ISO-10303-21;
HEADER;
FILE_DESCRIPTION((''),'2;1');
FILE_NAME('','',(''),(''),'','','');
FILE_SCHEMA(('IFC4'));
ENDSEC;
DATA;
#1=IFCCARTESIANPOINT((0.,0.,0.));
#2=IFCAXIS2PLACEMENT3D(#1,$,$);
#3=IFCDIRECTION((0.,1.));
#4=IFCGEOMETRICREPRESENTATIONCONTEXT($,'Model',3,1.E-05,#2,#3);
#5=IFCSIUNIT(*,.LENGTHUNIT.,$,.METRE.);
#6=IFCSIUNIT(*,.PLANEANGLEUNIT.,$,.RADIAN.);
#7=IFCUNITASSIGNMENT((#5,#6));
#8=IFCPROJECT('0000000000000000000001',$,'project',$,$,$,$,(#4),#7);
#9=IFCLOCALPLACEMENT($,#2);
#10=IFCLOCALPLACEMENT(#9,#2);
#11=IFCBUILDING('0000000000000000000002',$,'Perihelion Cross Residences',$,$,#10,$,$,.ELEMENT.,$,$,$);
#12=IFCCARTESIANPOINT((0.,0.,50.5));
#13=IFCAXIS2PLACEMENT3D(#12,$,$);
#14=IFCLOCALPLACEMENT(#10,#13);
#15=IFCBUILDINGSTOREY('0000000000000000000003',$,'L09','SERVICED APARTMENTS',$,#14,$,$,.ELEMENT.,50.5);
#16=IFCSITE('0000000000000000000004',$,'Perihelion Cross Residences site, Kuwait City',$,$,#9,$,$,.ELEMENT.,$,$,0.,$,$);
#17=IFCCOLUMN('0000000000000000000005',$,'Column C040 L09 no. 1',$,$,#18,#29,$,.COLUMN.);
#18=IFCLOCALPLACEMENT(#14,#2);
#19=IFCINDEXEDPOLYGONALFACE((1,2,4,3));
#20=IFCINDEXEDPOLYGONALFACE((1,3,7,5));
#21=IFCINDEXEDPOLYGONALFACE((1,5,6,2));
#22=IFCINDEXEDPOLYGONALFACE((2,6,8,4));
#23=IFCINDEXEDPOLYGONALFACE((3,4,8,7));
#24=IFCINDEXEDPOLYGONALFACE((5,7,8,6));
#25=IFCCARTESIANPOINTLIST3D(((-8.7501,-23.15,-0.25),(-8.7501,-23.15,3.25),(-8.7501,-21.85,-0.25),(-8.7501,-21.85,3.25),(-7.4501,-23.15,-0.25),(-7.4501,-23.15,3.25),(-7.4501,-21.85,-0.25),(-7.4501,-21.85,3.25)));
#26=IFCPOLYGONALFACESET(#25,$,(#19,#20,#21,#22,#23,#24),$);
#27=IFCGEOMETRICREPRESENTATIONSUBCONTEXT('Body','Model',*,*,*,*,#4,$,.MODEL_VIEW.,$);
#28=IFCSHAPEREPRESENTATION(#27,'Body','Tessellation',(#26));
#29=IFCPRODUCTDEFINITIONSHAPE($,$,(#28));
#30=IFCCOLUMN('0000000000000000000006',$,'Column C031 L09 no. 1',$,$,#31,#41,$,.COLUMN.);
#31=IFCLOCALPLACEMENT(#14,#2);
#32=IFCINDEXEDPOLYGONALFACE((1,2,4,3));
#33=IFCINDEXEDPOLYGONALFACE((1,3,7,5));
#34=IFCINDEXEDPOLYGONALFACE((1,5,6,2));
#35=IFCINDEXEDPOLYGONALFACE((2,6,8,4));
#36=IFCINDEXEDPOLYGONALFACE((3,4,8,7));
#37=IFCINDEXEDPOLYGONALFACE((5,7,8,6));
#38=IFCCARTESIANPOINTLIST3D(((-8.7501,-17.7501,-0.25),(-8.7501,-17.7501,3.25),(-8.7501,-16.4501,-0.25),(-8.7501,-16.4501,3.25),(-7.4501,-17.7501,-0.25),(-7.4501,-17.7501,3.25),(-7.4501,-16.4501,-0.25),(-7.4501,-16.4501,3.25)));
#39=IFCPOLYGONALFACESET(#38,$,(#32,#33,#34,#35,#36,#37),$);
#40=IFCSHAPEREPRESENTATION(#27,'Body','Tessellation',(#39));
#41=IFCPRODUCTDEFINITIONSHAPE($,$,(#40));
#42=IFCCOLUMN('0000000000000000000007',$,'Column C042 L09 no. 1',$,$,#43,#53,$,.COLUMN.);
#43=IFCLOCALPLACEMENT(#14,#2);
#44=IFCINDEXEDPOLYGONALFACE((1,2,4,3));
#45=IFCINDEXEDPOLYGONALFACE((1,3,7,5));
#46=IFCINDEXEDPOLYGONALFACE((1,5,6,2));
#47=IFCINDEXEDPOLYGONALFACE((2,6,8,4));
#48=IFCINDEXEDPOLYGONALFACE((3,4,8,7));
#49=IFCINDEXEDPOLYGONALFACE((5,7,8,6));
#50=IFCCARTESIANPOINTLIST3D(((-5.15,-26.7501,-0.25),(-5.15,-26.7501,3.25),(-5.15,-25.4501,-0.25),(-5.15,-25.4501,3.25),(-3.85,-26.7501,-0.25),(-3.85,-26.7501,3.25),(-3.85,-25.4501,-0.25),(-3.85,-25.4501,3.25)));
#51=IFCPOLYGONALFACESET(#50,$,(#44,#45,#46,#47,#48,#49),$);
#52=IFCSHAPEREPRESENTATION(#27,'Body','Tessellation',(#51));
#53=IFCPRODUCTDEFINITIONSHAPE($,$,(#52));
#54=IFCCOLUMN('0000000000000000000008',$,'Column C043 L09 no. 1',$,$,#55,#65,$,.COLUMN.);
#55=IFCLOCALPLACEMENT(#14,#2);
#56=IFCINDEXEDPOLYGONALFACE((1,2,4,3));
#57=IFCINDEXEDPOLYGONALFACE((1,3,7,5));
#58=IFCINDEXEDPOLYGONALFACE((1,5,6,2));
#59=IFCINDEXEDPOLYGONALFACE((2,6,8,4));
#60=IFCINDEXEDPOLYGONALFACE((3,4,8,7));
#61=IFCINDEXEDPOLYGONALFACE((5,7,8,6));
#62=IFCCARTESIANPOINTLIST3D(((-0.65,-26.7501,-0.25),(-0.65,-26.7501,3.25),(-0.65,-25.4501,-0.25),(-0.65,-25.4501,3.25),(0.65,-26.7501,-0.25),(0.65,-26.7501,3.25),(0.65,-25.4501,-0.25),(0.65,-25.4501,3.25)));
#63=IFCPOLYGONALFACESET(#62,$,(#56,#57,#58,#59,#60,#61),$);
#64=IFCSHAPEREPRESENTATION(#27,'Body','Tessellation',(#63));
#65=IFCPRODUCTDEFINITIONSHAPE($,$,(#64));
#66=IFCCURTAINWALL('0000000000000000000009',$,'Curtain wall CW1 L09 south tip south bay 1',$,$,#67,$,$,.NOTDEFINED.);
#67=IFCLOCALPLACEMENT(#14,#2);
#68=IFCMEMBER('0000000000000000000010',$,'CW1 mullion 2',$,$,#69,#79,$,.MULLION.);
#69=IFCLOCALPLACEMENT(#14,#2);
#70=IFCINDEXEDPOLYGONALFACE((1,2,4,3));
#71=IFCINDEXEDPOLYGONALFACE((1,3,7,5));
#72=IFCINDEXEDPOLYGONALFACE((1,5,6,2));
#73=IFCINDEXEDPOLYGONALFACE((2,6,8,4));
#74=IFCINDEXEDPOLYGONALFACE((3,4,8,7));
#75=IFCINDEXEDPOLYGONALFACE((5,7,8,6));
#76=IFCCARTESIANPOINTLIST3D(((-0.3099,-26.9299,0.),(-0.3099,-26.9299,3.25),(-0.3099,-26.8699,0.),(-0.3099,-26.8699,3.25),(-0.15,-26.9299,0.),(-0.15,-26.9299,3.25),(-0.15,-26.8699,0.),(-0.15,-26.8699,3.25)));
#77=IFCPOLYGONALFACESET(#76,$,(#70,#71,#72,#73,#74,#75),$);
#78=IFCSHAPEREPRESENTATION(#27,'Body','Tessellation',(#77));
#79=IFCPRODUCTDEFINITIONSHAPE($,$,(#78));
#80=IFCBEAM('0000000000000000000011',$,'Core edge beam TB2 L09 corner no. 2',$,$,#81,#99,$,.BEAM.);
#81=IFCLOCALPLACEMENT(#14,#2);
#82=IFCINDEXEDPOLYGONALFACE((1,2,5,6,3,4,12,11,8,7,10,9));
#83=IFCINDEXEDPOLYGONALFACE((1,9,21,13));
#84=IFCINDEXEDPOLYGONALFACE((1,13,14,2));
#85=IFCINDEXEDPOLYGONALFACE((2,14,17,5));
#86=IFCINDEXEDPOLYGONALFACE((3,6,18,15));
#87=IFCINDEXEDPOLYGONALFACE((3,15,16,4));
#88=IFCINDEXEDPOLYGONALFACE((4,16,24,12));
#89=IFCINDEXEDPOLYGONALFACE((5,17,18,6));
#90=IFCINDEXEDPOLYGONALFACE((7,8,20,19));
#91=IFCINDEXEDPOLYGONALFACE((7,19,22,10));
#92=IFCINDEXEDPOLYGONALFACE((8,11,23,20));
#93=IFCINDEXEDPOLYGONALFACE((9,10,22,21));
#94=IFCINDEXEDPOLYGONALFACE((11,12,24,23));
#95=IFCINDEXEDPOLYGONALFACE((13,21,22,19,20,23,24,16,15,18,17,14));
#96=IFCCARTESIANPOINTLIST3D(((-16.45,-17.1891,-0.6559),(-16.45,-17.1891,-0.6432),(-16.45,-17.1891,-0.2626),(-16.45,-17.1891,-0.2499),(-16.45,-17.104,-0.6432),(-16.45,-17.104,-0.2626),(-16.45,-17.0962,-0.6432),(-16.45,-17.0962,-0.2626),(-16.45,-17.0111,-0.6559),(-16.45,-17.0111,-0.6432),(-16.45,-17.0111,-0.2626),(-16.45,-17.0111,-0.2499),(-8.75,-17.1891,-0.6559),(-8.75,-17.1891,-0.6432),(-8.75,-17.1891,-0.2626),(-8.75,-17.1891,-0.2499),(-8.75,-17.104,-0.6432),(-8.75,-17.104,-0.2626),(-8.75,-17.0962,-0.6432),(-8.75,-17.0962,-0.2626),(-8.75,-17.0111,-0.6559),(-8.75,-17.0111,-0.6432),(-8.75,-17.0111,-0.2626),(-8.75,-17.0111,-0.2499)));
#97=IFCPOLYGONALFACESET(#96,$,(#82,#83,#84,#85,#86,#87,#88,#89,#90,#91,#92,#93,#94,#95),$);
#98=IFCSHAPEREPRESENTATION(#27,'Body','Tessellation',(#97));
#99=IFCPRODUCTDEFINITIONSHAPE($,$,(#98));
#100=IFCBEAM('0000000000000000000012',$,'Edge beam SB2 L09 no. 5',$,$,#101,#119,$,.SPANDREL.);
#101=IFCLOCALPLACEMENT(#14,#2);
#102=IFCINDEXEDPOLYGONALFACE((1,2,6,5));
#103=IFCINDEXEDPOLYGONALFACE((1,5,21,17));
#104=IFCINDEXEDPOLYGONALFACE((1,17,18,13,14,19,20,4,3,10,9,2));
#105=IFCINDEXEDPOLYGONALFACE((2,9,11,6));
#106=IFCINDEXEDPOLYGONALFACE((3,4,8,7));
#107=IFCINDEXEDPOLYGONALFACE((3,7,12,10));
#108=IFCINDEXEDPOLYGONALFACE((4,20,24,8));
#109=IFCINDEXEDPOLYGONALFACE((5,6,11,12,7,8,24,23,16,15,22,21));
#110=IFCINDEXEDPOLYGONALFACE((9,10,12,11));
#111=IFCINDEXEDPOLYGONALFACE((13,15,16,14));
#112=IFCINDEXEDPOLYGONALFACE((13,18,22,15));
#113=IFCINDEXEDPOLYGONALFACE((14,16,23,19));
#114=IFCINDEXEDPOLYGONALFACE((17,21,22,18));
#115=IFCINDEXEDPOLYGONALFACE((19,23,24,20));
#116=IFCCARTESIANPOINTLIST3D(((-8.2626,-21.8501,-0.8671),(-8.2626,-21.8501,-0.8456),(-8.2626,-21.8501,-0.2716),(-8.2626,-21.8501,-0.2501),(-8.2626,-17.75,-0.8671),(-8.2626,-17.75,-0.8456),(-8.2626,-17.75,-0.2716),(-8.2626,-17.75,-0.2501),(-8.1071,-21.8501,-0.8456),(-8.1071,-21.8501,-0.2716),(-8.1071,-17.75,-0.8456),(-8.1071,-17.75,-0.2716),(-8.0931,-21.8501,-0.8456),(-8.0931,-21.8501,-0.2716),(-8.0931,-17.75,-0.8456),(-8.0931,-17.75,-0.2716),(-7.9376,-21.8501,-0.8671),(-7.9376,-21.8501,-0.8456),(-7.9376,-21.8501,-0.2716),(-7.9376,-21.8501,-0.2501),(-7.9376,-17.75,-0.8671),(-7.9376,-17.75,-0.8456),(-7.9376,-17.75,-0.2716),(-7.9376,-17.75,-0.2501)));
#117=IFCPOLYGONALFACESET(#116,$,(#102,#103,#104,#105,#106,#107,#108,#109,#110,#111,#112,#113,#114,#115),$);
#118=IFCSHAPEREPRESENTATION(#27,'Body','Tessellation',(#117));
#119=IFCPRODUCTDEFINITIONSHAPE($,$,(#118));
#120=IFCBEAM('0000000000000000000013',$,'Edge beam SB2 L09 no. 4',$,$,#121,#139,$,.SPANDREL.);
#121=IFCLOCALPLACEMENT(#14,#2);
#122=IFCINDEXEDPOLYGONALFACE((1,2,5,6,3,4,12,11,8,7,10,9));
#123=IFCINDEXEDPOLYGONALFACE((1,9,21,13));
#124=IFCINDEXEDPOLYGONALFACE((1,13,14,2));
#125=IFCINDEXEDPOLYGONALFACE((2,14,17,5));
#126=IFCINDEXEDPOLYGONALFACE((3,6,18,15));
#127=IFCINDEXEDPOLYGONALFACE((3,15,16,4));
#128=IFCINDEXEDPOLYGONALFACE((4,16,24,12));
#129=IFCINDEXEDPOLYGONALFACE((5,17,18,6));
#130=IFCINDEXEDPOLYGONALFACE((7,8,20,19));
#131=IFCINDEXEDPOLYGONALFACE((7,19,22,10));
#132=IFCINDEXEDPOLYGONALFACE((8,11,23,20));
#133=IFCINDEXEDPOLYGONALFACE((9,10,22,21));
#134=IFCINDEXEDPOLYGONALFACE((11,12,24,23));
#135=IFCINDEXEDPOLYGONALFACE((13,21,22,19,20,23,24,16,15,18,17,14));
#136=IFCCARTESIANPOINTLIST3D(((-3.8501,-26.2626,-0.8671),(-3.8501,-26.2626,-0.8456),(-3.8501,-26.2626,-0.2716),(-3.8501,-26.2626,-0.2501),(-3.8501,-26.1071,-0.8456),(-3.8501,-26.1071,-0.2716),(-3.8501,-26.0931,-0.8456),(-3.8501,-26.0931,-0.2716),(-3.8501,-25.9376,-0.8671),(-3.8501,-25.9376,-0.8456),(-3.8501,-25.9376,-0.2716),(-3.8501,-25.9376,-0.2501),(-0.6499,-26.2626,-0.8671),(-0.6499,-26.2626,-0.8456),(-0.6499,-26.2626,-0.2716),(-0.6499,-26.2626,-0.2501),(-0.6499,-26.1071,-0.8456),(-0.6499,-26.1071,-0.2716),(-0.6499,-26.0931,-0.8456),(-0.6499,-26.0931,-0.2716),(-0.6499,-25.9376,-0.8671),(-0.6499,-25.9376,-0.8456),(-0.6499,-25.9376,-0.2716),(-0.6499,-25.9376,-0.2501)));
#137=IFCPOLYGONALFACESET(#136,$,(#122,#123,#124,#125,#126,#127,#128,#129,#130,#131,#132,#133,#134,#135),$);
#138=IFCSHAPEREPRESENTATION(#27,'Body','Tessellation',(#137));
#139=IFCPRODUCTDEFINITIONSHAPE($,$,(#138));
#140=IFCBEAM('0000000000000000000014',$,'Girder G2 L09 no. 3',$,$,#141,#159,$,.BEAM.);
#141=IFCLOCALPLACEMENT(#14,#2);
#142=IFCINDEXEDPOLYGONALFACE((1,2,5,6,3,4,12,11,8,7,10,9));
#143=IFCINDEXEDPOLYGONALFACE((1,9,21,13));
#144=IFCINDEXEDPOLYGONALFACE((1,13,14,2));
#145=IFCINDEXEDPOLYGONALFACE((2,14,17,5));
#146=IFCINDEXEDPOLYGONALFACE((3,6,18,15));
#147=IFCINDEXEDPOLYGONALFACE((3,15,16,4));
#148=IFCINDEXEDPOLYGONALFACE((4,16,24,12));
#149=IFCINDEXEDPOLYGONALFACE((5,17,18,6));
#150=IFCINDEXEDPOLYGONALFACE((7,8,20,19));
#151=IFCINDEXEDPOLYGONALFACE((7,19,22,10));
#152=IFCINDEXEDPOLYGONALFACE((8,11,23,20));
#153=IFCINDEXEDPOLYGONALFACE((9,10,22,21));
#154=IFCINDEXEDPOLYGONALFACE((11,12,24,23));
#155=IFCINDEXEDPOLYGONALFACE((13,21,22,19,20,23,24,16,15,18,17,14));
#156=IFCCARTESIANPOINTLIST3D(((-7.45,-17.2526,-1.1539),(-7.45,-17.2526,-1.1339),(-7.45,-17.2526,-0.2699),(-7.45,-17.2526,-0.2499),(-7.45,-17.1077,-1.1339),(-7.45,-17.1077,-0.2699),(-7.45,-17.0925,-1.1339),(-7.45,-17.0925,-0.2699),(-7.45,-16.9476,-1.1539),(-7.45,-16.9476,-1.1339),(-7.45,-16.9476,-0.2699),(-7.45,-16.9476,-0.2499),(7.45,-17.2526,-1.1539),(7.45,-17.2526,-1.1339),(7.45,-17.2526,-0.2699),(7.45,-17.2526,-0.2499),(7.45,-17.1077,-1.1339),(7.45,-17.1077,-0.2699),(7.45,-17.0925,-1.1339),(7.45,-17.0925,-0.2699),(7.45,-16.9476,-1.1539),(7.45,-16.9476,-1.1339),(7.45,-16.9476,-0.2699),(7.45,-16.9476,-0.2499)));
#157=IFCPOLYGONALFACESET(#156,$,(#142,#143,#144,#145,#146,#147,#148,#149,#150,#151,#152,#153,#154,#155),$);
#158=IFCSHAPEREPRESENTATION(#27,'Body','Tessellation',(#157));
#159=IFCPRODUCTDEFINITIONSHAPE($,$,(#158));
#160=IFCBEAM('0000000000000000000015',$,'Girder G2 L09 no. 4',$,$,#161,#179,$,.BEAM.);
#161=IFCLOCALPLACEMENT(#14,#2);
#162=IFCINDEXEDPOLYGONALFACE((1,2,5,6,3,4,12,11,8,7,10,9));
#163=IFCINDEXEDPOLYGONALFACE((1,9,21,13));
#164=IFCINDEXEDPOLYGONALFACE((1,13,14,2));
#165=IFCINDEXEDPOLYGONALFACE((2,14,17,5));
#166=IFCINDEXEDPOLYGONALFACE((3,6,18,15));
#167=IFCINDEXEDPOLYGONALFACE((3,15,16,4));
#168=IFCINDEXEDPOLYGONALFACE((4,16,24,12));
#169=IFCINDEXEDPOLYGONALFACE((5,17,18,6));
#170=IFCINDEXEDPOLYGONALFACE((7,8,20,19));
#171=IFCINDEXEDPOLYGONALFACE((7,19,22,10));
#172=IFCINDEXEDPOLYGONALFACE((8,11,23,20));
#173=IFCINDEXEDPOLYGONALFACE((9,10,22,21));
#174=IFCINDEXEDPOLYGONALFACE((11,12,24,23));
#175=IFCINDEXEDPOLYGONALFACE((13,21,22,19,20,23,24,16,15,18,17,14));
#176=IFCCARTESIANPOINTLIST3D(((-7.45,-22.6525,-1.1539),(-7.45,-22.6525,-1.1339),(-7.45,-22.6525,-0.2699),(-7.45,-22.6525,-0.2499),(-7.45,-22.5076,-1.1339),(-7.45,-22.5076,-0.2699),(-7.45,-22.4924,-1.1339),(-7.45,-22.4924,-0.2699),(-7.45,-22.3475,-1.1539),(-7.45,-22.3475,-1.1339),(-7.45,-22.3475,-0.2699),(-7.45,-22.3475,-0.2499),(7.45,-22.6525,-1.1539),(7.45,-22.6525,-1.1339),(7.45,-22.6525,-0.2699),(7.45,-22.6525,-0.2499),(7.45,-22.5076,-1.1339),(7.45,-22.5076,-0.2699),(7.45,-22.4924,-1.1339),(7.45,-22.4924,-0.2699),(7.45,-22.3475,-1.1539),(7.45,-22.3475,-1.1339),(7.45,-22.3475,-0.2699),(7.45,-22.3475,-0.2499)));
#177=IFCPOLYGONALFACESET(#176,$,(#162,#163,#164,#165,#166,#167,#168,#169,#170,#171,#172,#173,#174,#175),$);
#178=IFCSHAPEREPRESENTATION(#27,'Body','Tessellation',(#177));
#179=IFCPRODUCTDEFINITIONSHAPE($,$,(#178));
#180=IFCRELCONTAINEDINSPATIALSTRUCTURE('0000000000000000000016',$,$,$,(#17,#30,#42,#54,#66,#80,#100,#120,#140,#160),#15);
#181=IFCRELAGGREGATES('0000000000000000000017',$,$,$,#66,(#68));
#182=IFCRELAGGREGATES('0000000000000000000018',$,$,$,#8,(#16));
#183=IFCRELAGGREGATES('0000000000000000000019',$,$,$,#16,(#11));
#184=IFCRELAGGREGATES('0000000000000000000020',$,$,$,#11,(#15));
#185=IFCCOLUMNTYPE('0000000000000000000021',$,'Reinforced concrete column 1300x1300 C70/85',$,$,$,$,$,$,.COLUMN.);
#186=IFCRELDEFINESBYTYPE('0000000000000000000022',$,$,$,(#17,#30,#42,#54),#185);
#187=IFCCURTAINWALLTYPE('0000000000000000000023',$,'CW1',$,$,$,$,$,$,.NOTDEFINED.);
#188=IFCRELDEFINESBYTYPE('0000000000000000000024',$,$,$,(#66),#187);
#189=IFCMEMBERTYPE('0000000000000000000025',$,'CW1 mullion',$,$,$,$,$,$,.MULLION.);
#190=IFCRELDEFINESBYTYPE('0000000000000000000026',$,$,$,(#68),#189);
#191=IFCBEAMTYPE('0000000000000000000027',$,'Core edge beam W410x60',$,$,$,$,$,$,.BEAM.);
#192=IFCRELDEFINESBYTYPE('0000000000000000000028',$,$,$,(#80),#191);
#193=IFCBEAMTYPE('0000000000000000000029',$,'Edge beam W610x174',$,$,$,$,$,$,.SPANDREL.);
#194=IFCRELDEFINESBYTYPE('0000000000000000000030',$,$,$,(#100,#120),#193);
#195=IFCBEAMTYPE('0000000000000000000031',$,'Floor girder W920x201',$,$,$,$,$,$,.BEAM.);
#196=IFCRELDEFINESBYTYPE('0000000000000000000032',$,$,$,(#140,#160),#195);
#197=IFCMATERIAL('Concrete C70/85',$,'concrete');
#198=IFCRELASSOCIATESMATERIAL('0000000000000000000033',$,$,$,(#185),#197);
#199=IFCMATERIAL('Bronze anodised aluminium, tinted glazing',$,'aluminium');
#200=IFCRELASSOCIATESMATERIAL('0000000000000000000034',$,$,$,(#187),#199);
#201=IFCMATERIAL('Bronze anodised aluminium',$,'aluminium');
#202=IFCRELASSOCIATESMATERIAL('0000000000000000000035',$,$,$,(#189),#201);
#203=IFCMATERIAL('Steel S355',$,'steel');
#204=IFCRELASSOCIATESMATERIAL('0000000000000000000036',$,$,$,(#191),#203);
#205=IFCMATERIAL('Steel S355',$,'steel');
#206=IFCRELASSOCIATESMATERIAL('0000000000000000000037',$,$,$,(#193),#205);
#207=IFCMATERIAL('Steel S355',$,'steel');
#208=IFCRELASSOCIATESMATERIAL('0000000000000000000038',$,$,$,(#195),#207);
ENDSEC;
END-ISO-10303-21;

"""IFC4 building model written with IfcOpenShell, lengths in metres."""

from ifc_helpers import new_model, si_unit, direction, frame, origin, origin_2d, place, context, subcontext, project, spatial, rectangle, i_section, extrude, material, material_profile, profile_set, type_object, element, aggregate, save


model = new_model("IFC4")

# Units and contexts
model_context = context("Model", 3, precision=1e-05, world=origin(), true_north=direction((0.0, 1.0)))
body_context = subcontext(model_context, "Body", "Model", "MODEL_VIEW")
ifc_project = project(units=[si_unit("LENGTHUNIT", "METRE"), si_unit("PLANEANGLEUNIT", "RADIAN")], contexts=[model_context])

# Site, building, storey
site_placement = place(None, origin())
site = spatial("IfcSite", under=ifc_project, at=site_placement, Name="Perihelion Cross Residences site, Kuwait City", CompositionType="ELEMENT", RefElevation=0.0)
building_placement = place(site_placement, origin())
building = spatial("IfcBuilding", under=site, at=building_placement, Name="Perihelion Cross Residences", CompositionType="ELEMENT")
storey_placement = place(building_placement, frame((0.0, 0.0, 50.5)))
storey = spatial("IfcBuildingStorey", under=building, at=storey_placement, Name="L09", Description="SERVICED APARTMENTS", CompositionType="ELEMENT", Elevation=50.5)

# Columns
ifc_material_1 = material(Name="Concrete C70/85", Category="concrete")
ifc_material_profile_1 = material_profile(ifc_material_1, rectangle(XDim=1.3, YDim=1.3, at=origin_2d()), Name="RC 1300x1300")
ifc_profile_set_1 = profile_set([ifc_material_profile_1], Name="Concrete C70/85")
column_type = type_object("IfcColumnType", Name="Reinforced concrete column 1300x1300 C70/85", PredefinedType="COLUMN", material=ifc_profile_set_1)
for number, where, z_axis, x_axis, name in (
    (1, (-8.1001, -22.5, -0.25), (0.0, 0.0, 1.0), (1.0, 0.0, 0.0), "Column C040 L09 no. 1"),
    (2, (-8.1001, -17.1001, -0.25), (0.0, 0.0, 1.0), (1.0, 0.0, 0.0), "Column C031 L09 no. 1"),
    (3, (-4.5, -26.1001, -0.25), (0.0, 0.0, 1.0), (1.0, 0.0, 0.0), "Column C042 L09 no. 1"),
    (4, (0.0, -26.1001, -0.25), (0.0, 0.0, 1.0), (1.0, 0.0, 0.0), "Column C043 L09 no. 1"),
):
    element("IfcColumn", number, at=place(storey_placement, frame(where, z_axis=z_axis, x_axis=x_axis)), inside=storey, type_object=column_type, Name=name, PredefinedType="COLUMN", context=body_context, shape_type="SweptSolid", body=[
        extrude(rectangle(XDim=1.3, YDim=1.3, at=origin_2d()), origin(), (0.0, 0.0, 1.0), 3.5),
    ])

# Curtain wall, member
ifc_material_2 = material(Name="Bronze anodised aluminium, tinted glazing", Category="aluminium")
curtain_wall_type = type_object("IfcCurtainWallType", Name="CW1", PredefinedType="NOTDEFINED", material=ifc_material_2)
curtain_wall_placement = place(storey_placement, origin())
curtain_wall = element("IfcCurtainWall", 5, at=curtain_wall_placement, inside=storey, type_object=curtain_wall_type, Name="Curtain wall CW1 L09 south tip south bay 1", PredefinedType="NOTDEFINED")
ifc_material_3 = material(Name="Bronze anodised aluminium", Category="aluminium")
ifc_material_profile_2 = material_profile(ifc_material_3, rectangle(XDim=0.0601, YDim=0.1599, at=origin_2d()), Name="CW1 mullion")
ifc_profile_set_2 = profile_set([ifc_material_profile_2], Name="Bronze anodised aluminium")
member_type = type_object("IfcMemberType", Name="CW1 mullion", PredefinedType="MULLION", material=ifc_profile_set_2)
member_placement = place(storey_placement, frame((-0.23, -26.8999, 0.0), z_axis=(0.0, 0.0, 1.0), x_axis=(0.0, 1.0, 0.0)))
member = element("IfcMember", 6, at=member_placement, type_object=member_type, Name="CW1 mullion 2", PredefinedType="MULLION", context=body_context, shape_type="SweptSolid", body=[
    extrude(rectangle(XDim=0.0601, YDim=0.1599, at=origin_2d()), origin(), (0.0, 0.0, 1.0), 3.25),
])

# Beams
ifc_material_4 = material(Name="Steel S355", Category="steel")
ifc_material_profile_3 = material_profile(ifc_material_4, i_section(OverallWidth=0.178, OverallDepth=0.406, WebThickness=0.0078, FlangeThickness=0.0127, at=origin_2d()), Name="W410x60")
ifc_profile_set_3 = profile_set([ifc_material_profile_3], Name="Steel S355")
beam_type_1 = type_object("IfcBeamType", Name="Core edge beam W410x60", PredefinedType="BEAM", material=ifc_profile_set_3)
beam_1_placement = place(storey_placement, frame((-8.75, -17.1001, -0.4529), z_axis=(-1.0, 0.0, 0.0), x_axis=(0.0, -1.0, 0.0)))
element("IfcBeam", 7, at=beam_1_placement, inside=storey, type_object=beam_type_1, Name="Core edge beam TB2 L09 corner no. 2", PredefinedType="BEAM", context=body_context, shape_type="SweptSolid", body=[
    extrude(i_section(OverallWidth=0.178, OverallDepth=0.406, WebThickness=0.0078, FlangeThickness=0.0127, at=origin_2d()), origin(), (0.0, 0.0, 1.0), 7.7),
])
ifc_material_5 = material(Name="Steel S355", Category="steel")
ifc_material_profile_4 = material_profile(ifc_material_5, i_section(OverallWidth=0.325, OverallDepth=0.6169, WebThickness=0.0139, FlangeThickness=0.0215, at=origin_2d()), Name="W610x174")
ifc_profile_set_4 = profile_set([ifc_material_profile_4], Name="Steel S355")
beam_type_2 = type_object("IfcBeamType", Name="Edge beam W610x174", PredefinedType="SPANDREL", material=ifc_profile_set_4)
beam_2_placement = place(storey_placement, frame((-8.1001, -17.75, -0.5586), z_axis=(0.0, -1.0, 0.0), x_axis=(1.0, 0.0, 0.0)))
element("IfcBeam", 8, at=beam_2_placement, inside=storey, type_object=beam_type_2, Name="Edge beam SB2 L09 no. 5", PredefinedType="SPANDREL", context=body_context, shape_type="SweptSolid", body=[
    extrude(i_section(OverallWidth=0.325, OverallDepth=0.6169, WebThickness=0.0139, FlangeThickness=0.0215, at=origin_2d()), origin(), (0.0, 0.0, 1.0), 4.1001),
])
beam_3_placement = place(storey_placement, frame((-3.8501, -26.1001, -0.5586), z_axis=(1.0, 0.0, 0.0), x_axis=(0.0, 1.0, 0.0)))
element("IfcBeam", 9, at=beam_3_placement, inside=storey, type_object=beam_type_2, Name="Edge beam SB2 L09 no. 4", PredefinedType="SPANDREL", context=body_context, shape_type="SweptSolid", body=[
    extrude(i_section(OverallWidth=0.325, OverallDepth=0.6169, WebThickness=0.0139, FlangeThickness=0.0215, at=origin_2d()), origin(), (0.0, 0.0, 1.0), 3.2002),
])
ifc_material_6 = material(Name="Steel S355", Category="steel")
ifc_material_profile_5 = material_profile(ifc_material_6, i_section(OverallWidth=0.3049, OverallDepth=0.9041, WebThickness=0.0151, FlangeThickness=0.02, at=origin_2d()), Name="W920x201")
ifc_profile_set_5 = profile_set([ifc_material_profile_5], Name="Steel S355")
beam_type_3 = type_object("IfcBeamType", Name="Floor girder W920x201", PredefinedType="BEAM", material=ifc_profile_set_5)
for number, where, z_axis, x_axis, name in (
    (10, (-7.45, -17.1001, -0.7019), (1.0, 0.0, 0.0), (0.0, 1.0, 0.0), "Girder G2 L09 no. 3"),
    (11, (-7.45, -22.5, -0.7019), (1.0, 0.0, 0.0), (0.0, 1.0, 0.0), "Girder G2 L09 no. 4"),
):
    element("IfcBeam", number, at=place(storey_placement, frame(where, z_axis=z_axis, x_axis=x_axis)), inside=storey, type_object=beam_type_3, Name=name, PredefinedType="BEAM", context=body_context, shape_type="SweptSolid", body=[
        extrude(i_section(OverallWidth=0.3049, OverallDepth=0.9041, WebThickness=0.0151, FlangeThickness=0.02, at=origin_2d()), origin(), (0.0, 0.0, 1.0), 14.8999),
    ])

aggregate(curtain_wall, [member])

save(model, "model.ifc")
